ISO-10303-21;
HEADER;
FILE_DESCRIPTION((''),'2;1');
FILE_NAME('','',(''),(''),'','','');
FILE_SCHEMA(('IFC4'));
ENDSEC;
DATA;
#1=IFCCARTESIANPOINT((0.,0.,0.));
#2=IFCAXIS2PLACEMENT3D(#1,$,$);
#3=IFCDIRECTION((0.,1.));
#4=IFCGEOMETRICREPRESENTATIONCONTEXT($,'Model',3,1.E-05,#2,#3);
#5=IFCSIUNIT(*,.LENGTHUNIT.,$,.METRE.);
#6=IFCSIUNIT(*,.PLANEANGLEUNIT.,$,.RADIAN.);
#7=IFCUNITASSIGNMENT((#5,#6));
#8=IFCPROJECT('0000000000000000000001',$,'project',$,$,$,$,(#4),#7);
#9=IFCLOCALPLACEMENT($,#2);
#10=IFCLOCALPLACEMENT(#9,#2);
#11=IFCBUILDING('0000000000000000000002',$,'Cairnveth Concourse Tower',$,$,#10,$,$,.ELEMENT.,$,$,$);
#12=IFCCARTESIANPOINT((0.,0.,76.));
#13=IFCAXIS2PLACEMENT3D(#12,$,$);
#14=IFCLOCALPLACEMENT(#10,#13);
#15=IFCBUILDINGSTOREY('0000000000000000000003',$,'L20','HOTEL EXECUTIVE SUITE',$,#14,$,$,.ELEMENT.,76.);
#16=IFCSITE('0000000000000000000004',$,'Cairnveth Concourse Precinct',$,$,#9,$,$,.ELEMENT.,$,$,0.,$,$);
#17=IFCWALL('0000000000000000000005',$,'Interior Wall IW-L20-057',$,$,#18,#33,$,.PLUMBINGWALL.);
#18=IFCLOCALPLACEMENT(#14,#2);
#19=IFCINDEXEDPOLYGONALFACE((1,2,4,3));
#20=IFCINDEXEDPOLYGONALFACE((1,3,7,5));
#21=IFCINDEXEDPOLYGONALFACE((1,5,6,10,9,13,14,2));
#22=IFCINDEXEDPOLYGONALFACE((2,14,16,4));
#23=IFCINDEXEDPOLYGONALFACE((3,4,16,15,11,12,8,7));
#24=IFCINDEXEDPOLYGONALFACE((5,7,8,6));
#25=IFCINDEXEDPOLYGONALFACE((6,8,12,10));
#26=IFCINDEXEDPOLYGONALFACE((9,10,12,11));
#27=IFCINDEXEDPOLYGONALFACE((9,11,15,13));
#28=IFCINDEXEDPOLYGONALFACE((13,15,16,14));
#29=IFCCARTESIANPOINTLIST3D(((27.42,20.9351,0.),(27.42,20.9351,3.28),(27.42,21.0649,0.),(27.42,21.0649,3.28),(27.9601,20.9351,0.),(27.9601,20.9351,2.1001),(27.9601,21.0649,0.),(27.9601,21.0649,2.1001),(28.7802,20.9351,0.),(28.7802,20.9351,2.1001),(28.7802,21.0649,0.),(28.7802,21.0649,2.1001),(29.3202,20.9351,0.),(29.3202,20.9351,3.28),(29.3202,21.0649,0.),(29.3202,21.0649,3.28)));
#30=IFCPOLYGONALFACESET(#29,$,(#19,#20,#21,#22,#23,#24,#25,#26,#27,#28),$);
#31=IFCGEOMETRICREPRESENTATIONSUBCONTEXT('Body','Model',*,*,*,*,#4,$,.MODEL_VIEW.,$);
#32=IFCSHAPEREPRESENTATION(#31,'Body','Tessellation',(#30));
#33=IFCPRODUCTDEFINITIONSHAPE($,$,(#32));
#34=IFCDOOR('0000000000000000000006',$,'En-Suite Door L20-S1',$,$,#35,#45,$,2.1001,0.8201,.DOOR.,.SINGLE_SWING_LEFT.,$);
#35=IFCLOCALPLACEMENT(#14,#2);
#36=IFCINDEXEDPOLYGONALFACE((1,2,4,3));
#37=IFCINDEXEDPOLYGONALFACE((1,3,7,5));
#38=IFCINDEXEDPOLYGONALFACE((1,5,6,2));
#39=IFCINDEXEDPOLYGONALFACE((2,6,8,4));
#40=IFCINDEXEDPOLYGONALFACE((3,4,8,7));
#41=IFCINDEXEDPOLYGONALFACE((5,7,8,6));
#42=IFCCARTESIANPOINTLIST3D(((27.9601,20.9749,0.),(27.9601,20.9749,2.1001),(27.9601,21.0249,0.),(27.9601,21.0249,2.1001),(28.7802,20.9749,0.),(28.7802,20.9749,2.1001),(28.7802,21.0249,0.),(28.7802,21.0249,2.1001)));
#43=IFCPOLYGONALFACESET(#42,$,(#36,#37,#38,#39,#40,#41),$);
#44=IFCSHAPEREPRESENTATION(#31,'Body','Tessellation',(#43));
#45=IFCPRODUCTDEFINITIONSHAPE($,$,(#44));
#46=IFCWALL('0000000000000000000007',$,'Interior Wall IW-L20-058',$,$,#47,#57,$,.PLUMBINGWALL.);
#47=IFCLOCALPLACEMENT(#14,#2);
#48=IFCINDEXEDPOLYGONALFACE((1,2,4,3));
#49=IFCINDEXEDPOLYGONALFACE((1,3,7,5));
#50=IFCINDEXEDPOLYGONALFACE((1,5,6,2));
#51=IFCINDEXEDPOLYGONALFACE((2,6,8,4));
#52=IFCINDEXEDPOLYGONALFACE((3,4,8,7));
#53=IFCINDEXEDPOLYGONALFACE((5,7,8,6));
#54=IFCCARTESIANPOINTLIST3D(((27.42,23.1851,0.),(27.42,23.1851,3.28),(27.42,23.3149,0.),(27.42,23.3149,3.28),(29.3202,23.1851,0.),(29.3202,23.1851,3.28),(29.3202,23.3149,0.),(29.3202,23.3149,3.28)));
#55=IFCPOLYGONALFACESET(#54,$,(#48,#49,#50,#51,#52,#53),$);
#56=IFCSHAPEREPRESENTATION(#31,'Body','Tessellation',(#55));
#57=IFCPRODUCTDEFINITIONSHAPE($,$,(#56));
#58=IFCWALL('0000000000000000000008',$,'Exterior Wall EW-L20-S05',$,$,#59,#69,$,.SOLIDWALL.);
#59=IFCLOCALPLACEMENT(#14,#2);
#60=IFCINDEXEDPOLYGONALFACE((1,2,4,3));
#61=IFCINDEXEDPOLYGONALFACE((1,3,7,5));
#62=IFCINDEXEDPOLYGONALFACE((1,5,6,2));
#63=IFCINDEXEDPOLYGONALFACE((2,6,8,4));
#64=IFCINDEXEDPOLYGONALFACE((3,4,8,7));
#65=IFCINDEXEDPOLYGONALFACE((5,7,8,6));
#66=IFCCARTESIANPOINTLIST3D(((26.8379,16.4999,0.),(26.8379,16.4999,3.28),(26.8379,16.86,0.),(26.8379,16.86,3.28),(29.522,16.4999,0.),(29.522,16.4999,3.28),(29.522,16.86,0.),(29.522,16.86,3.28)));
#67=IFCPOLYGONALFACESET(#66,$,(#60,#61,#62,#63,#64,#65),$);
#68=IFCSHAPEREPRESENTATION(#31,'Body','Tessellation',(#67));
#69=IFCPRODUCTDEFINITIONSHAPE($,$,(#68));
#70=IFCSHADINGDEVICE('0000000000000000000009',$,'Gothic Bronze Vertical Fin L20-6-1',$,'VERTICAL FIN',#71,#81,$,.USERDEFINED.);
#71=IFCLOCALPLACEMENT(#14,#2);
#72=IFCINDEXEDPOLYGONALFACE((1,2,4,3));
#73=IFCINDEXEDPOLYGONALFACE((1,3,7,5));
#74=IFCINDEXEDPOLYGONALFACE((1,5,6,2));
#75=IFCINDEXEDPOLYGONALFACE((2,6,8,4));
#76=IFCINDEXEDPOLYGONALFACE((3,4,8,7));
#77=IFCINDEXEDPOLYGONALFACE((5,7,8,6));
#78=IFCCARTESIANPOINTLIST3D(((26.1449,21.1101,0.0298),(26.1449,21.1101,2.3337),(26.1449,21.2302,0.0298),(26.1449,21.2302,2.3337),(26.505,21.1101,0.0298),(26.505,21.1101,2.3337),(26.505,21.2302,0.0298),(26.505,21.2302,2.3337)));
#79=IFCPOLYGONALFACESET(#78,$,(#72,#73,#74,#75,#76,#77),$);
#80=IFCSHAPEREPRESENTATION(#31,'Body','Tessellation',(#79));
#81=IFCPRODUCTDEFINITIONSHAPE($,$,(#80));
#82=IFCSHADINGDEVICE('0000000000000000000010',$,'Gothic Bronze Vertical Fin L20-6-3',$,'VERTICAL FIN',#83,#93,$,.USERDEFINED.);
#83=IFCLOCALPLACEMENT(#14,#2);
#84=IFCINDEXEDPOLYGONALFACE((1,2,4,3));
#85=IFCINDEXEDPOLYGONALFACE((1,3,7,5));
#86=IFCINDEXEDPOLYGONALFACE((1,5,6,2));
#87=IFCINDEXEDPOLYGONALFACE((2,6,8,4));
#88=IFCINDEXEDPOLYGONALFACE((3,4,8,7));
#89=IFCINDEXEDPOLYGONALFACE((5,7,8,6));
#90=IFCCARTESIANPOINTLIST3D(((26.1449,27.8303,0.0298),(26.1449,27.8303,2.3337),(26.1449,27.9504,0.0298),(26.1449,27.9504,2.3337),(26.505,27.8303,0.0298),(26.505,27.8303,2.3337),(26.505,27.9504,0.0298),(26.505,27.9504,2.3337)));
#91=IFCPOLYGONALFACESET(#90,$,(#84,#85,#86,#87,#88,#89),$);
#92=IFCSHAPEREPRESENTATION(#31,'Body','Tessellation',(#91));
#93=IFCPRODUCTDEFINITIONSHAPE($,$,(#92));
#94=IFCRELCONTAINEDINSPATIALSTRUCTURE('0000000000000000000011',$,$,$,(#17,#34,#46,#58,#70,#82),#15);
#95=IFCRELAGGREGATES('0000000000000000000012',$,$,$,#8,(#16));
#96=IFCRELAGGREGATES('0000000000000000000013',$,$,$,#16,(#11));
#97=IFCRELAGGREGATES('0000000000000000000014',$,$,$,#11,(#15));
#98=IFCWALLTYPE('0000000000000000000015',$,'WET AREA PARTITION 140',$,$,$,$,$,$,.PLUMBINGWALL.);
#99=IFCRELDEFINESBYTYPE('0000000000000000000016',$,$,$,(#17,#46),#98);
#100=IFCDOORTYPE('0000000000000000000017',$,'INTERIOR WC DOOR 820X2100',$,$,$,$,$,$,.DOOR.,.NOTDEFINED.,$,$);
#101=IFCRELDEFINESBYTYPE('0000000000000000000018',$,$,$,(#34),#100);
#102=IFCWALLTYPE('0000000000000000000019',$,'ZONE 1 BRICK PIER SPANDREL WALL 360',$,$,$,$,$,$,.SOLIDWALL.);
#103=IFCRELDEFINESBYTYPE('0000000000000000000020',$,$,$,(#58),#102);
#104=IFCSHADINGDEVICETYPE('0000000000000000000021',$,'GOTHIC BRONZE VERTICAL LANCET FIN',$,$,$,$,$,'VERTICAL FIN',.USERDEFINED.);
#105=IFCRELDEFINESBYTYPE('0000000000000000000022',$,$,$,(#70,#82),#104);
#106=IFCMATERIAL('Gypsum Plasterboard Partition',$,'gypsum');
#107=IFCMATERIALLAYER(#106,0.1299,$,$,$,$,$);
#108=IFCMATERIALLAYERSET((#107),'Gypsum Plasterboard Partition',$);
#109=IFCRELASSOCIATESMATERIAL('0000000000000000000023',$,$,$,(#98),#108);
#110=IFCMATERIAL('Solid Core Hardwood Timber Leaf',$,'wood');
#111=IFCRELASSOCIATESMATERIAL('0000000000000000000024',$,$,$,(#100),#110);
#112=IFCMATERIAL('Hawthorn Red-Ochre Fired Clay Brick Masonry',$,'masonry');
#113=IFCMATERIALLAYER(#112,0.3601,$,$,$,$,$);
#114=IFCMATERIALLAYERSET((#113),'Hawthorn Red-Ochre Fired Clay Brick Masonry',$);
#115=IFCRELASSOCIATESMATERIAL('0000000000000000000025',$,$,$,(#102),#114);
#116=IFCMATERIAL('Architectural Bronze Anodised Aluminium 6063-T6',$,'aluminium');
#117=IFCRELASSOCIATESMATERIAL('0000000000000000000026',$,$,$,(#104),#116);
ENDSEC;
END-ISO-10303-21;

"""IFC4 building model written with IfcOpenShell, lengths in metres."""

from ifc_helpers import new_model, si_unit, direction, frame, frame_2d, origin, origin_2d, place, context, subcontext, project, spatial, rectangle, extrude, material, layer, layer_set, type_object, element, fill, save


model = new_model("IFC4")

# Units and contexts
model_context = context("Model", 3, precision=1e-05, world=origin(), true_north=direction((0.0, 1.0)))
body_context = subcontext(model_context, "Body", "Model", "MODEL_VIEW")
ifc_project = project(units=[si_unit("LENGTHUNIT", "METRE"), si_unit("PLANEANGLEUNIT", "RADIAN")], contexts=[model_context])

# Site, building, storey
site_placement = place(None, origin())
site = spatial("IfcSite", under=ifc_project, at=site_placement, Name="Cairnveth Concourse Precinct", CompositionType="ELEMENT", RefElevation=0.0)
building_placement = place(site_placement, origin())
building = spatial("IfcBuilding", under=site, at=building_placement, Name="Cairnveth Concourse Tower", CompositionType="ELEMENT")
storey_placement = place(building_placement, frame((0.0, 0.0, 76.0)))
storey = spatial("IfcBuildingStorey", under=building, at=storey_placement, Name="L20", Description="HOTEL EXECUTIVE SUITE", CompositionType="ELEMENT", Elevation=76.0)

# Shared definitions
ifc_material_1 = material(Name="Gypsum Plasterboard Partition", Category="gypsum")
ifc_layer_1 = layer(ifc_material_1, 0.1299)
ifc_layer_set_1 = layer_set([ifc_layer_1], Name="Gypsum Plasterboard Partition")
wall_type_1 = type_object("IfcWallType", Name="WET AREA PARTITION 140", PredefinedType="PLUMBINGWALL", material=ifc_layer_set_1)

# Wall, opening, door
wall_1_placement = place(storey_placement, frame((27.4199, 21.0, 0.0), z_axis=(0.0, 0.0, 1.0), x_axis=(1.0, 0.0, 0.0)))
wall_1 = element("IfcWall", 1, at=wall_1_placement, inside=storey, type_object=wall_type_1, Name="Interior Wall IW-L20-057", PredefinedType="PLUMBINGWALL", context=body_context, shape_type="SweptSolid", body=[
    extrude(rectangle(XDim=1.9001, YDim=0.1299, at=frame_2d((0.9502, 0.0))), origin(), (0.0, 0.0, 1.0), 3.28),
])
opening_placement = place(wall_1_placement, frame((0.54, 0.0, 0.0)))
opening = element("IfcOpeningElement", 2, at=opening_placement, cuts=wall_1, PredefinedType="OPENING", context=body_context, shape_type="SweptSolid", body=[
    extrude(rectangle(XDim=0.8201, YDim=2.1001, at=frame_2d((0.4102, 1.05))), frame((0.0, 0.075, 0.0), z_axis=(0.0, -1.0, 0.0), x_axis=(1.0, 0.0, 0.0)), (0.0, 0.0, 1.0), 0.1499),
])
ifc_material_2 = material(Name="Solid Core Hardwood Timber Leaf", Category="wood")
door_type = type_object("IfcDoorType", Name="INTERIOR WC DOOR 820X2100", OperationType="NOTDEFINED", PredefinedType="DOOR", material=ifc_material_2)
door_placement = place(opening_placement, origin())
door = element("IfcDoor", 3, at=door_placement, inside=storey, type_object=door_type, Name="En-Suite Door L20-S1", OperationType="SINGLE_SWING_LEFT", OverallHeight=2.1001, OverallWidth=0.8201, PredefinedType="DOOR", context=body_context, shape_type="SweptSolid", body=[
    extrude(rectangle(XDim=0.8201, YDim=2.1001, at=frame_2d((0.4102, 1.05))), frame((0.0, 0.0249, 0.0), z_axis=(0.0, -1.0, 0.0), x_axis=(1.0, 0.0, 0.0)), (0.0, 0.0, 1.0), 0.05),
])
fill(opening, door)

# Walls
wall_2_placement = place(storey_placement, frame((27.4199, 23.25, 0.0), z_axis=(0.0, 0.0, 1.0), x_axis=(1.0, 0.0, 0.0)))
element("IfcWall", 4, at=wall_2_placement, inside=storey, type_object=wall_type_1, Name="Interior Wall IW-L20-058", PredefinedType="PLUMBINGWALL", context=body_context, shape_type="SweptSolid", body=[
    extrude(rectangle(XDim=1.9001, YDim=0.1299, at=frame_2d((0.9502, 0.0))), origin(), (0.0, 0.0, 1.0), 3.28),
])
ifc_material_3 = material(Name="Hawthorn Red-Ochre Fired Clay Brick Masonry", Category="masonry")
ifc_layer_2 = layer(ifc_material_3, 0.3601)
ifc_layer_set_2 = layer_set([ifc_layer_2], Name="Hawthorn Red-Ochre Fired Clay Brick Masonry")
wall_type_2 = type_object("IfcWallType", Name="ZONE 1 BRICK PIER SPANDREL WALL 360", PredefinedType="SOLIDWALL", material=ifc_layer_set_2)
wall_3_placement = place(storey_placement, frame((29.522, 16.6799, 0.0), z_axis=(0.0, 0.0, 1.0), x_axis=(-1.0, 0.0, 0.0)))
element("IfcWall", 5, at=wall_3_placement, inside=storey, type_object=wall_type_2, Name="Exterior Wall EW-L20-S05", PredefinedType="SOLIDWALL", context=body_context, shape_type="SweptSolid", body=[
    extrude(rectangle(XDim=2.6841, YDim=0.3601, at=frame_2d((1.342, 0.0))), origin(), (0.0, 0.0, 1.0), 3.28),
])

# Shading devices
ifc_material_4 = material(Name="Architectural Bronze Anodised Aluminium 6063-T6", Category="aluminium")
shading_device_type = type_object("IfcShadingDeviceType", Name="GOTHIC BRONZE VERTICAL LANCET FIN", ElementType="VERTICAL FIN", PredefinedType="USERDEFINED", material=ifc_material_4)
for number, where, z_axis, x_axis, name in (
    (6, (26.325, 21.1702, 0.0298), (0.0, 0.0, 1.0), (0.0, 1.0, 0.0), "Gothic Bronze Vertical Fin L20-6-1"),
    (7, (26.325, 27.8904, 0.0298), (0.0, 0.0, 1.0), (0.0, 1.0, 0.0), "Gothic Bronze Vertical Fin L20-6-3"),
):
    element("IfcShadingDevice", number, at=place(storey_placement, frame(where, z_axis=z_axis, x_axis=x_axis)), inside=storey, type_object=shading_device_type, Name=name, ObjectType="VERTICAL FIN", PredefinedType="USERDEFINED", context=body_context, shape_type="SweptSolid", body=[
        extrude(rectangle(XDim=0.1201, YDim=0.3601, at=origin_2d()), origin(), (0.0, 0.0, 1.0), 2.304),
    ])

save(model, "model.ifc")
